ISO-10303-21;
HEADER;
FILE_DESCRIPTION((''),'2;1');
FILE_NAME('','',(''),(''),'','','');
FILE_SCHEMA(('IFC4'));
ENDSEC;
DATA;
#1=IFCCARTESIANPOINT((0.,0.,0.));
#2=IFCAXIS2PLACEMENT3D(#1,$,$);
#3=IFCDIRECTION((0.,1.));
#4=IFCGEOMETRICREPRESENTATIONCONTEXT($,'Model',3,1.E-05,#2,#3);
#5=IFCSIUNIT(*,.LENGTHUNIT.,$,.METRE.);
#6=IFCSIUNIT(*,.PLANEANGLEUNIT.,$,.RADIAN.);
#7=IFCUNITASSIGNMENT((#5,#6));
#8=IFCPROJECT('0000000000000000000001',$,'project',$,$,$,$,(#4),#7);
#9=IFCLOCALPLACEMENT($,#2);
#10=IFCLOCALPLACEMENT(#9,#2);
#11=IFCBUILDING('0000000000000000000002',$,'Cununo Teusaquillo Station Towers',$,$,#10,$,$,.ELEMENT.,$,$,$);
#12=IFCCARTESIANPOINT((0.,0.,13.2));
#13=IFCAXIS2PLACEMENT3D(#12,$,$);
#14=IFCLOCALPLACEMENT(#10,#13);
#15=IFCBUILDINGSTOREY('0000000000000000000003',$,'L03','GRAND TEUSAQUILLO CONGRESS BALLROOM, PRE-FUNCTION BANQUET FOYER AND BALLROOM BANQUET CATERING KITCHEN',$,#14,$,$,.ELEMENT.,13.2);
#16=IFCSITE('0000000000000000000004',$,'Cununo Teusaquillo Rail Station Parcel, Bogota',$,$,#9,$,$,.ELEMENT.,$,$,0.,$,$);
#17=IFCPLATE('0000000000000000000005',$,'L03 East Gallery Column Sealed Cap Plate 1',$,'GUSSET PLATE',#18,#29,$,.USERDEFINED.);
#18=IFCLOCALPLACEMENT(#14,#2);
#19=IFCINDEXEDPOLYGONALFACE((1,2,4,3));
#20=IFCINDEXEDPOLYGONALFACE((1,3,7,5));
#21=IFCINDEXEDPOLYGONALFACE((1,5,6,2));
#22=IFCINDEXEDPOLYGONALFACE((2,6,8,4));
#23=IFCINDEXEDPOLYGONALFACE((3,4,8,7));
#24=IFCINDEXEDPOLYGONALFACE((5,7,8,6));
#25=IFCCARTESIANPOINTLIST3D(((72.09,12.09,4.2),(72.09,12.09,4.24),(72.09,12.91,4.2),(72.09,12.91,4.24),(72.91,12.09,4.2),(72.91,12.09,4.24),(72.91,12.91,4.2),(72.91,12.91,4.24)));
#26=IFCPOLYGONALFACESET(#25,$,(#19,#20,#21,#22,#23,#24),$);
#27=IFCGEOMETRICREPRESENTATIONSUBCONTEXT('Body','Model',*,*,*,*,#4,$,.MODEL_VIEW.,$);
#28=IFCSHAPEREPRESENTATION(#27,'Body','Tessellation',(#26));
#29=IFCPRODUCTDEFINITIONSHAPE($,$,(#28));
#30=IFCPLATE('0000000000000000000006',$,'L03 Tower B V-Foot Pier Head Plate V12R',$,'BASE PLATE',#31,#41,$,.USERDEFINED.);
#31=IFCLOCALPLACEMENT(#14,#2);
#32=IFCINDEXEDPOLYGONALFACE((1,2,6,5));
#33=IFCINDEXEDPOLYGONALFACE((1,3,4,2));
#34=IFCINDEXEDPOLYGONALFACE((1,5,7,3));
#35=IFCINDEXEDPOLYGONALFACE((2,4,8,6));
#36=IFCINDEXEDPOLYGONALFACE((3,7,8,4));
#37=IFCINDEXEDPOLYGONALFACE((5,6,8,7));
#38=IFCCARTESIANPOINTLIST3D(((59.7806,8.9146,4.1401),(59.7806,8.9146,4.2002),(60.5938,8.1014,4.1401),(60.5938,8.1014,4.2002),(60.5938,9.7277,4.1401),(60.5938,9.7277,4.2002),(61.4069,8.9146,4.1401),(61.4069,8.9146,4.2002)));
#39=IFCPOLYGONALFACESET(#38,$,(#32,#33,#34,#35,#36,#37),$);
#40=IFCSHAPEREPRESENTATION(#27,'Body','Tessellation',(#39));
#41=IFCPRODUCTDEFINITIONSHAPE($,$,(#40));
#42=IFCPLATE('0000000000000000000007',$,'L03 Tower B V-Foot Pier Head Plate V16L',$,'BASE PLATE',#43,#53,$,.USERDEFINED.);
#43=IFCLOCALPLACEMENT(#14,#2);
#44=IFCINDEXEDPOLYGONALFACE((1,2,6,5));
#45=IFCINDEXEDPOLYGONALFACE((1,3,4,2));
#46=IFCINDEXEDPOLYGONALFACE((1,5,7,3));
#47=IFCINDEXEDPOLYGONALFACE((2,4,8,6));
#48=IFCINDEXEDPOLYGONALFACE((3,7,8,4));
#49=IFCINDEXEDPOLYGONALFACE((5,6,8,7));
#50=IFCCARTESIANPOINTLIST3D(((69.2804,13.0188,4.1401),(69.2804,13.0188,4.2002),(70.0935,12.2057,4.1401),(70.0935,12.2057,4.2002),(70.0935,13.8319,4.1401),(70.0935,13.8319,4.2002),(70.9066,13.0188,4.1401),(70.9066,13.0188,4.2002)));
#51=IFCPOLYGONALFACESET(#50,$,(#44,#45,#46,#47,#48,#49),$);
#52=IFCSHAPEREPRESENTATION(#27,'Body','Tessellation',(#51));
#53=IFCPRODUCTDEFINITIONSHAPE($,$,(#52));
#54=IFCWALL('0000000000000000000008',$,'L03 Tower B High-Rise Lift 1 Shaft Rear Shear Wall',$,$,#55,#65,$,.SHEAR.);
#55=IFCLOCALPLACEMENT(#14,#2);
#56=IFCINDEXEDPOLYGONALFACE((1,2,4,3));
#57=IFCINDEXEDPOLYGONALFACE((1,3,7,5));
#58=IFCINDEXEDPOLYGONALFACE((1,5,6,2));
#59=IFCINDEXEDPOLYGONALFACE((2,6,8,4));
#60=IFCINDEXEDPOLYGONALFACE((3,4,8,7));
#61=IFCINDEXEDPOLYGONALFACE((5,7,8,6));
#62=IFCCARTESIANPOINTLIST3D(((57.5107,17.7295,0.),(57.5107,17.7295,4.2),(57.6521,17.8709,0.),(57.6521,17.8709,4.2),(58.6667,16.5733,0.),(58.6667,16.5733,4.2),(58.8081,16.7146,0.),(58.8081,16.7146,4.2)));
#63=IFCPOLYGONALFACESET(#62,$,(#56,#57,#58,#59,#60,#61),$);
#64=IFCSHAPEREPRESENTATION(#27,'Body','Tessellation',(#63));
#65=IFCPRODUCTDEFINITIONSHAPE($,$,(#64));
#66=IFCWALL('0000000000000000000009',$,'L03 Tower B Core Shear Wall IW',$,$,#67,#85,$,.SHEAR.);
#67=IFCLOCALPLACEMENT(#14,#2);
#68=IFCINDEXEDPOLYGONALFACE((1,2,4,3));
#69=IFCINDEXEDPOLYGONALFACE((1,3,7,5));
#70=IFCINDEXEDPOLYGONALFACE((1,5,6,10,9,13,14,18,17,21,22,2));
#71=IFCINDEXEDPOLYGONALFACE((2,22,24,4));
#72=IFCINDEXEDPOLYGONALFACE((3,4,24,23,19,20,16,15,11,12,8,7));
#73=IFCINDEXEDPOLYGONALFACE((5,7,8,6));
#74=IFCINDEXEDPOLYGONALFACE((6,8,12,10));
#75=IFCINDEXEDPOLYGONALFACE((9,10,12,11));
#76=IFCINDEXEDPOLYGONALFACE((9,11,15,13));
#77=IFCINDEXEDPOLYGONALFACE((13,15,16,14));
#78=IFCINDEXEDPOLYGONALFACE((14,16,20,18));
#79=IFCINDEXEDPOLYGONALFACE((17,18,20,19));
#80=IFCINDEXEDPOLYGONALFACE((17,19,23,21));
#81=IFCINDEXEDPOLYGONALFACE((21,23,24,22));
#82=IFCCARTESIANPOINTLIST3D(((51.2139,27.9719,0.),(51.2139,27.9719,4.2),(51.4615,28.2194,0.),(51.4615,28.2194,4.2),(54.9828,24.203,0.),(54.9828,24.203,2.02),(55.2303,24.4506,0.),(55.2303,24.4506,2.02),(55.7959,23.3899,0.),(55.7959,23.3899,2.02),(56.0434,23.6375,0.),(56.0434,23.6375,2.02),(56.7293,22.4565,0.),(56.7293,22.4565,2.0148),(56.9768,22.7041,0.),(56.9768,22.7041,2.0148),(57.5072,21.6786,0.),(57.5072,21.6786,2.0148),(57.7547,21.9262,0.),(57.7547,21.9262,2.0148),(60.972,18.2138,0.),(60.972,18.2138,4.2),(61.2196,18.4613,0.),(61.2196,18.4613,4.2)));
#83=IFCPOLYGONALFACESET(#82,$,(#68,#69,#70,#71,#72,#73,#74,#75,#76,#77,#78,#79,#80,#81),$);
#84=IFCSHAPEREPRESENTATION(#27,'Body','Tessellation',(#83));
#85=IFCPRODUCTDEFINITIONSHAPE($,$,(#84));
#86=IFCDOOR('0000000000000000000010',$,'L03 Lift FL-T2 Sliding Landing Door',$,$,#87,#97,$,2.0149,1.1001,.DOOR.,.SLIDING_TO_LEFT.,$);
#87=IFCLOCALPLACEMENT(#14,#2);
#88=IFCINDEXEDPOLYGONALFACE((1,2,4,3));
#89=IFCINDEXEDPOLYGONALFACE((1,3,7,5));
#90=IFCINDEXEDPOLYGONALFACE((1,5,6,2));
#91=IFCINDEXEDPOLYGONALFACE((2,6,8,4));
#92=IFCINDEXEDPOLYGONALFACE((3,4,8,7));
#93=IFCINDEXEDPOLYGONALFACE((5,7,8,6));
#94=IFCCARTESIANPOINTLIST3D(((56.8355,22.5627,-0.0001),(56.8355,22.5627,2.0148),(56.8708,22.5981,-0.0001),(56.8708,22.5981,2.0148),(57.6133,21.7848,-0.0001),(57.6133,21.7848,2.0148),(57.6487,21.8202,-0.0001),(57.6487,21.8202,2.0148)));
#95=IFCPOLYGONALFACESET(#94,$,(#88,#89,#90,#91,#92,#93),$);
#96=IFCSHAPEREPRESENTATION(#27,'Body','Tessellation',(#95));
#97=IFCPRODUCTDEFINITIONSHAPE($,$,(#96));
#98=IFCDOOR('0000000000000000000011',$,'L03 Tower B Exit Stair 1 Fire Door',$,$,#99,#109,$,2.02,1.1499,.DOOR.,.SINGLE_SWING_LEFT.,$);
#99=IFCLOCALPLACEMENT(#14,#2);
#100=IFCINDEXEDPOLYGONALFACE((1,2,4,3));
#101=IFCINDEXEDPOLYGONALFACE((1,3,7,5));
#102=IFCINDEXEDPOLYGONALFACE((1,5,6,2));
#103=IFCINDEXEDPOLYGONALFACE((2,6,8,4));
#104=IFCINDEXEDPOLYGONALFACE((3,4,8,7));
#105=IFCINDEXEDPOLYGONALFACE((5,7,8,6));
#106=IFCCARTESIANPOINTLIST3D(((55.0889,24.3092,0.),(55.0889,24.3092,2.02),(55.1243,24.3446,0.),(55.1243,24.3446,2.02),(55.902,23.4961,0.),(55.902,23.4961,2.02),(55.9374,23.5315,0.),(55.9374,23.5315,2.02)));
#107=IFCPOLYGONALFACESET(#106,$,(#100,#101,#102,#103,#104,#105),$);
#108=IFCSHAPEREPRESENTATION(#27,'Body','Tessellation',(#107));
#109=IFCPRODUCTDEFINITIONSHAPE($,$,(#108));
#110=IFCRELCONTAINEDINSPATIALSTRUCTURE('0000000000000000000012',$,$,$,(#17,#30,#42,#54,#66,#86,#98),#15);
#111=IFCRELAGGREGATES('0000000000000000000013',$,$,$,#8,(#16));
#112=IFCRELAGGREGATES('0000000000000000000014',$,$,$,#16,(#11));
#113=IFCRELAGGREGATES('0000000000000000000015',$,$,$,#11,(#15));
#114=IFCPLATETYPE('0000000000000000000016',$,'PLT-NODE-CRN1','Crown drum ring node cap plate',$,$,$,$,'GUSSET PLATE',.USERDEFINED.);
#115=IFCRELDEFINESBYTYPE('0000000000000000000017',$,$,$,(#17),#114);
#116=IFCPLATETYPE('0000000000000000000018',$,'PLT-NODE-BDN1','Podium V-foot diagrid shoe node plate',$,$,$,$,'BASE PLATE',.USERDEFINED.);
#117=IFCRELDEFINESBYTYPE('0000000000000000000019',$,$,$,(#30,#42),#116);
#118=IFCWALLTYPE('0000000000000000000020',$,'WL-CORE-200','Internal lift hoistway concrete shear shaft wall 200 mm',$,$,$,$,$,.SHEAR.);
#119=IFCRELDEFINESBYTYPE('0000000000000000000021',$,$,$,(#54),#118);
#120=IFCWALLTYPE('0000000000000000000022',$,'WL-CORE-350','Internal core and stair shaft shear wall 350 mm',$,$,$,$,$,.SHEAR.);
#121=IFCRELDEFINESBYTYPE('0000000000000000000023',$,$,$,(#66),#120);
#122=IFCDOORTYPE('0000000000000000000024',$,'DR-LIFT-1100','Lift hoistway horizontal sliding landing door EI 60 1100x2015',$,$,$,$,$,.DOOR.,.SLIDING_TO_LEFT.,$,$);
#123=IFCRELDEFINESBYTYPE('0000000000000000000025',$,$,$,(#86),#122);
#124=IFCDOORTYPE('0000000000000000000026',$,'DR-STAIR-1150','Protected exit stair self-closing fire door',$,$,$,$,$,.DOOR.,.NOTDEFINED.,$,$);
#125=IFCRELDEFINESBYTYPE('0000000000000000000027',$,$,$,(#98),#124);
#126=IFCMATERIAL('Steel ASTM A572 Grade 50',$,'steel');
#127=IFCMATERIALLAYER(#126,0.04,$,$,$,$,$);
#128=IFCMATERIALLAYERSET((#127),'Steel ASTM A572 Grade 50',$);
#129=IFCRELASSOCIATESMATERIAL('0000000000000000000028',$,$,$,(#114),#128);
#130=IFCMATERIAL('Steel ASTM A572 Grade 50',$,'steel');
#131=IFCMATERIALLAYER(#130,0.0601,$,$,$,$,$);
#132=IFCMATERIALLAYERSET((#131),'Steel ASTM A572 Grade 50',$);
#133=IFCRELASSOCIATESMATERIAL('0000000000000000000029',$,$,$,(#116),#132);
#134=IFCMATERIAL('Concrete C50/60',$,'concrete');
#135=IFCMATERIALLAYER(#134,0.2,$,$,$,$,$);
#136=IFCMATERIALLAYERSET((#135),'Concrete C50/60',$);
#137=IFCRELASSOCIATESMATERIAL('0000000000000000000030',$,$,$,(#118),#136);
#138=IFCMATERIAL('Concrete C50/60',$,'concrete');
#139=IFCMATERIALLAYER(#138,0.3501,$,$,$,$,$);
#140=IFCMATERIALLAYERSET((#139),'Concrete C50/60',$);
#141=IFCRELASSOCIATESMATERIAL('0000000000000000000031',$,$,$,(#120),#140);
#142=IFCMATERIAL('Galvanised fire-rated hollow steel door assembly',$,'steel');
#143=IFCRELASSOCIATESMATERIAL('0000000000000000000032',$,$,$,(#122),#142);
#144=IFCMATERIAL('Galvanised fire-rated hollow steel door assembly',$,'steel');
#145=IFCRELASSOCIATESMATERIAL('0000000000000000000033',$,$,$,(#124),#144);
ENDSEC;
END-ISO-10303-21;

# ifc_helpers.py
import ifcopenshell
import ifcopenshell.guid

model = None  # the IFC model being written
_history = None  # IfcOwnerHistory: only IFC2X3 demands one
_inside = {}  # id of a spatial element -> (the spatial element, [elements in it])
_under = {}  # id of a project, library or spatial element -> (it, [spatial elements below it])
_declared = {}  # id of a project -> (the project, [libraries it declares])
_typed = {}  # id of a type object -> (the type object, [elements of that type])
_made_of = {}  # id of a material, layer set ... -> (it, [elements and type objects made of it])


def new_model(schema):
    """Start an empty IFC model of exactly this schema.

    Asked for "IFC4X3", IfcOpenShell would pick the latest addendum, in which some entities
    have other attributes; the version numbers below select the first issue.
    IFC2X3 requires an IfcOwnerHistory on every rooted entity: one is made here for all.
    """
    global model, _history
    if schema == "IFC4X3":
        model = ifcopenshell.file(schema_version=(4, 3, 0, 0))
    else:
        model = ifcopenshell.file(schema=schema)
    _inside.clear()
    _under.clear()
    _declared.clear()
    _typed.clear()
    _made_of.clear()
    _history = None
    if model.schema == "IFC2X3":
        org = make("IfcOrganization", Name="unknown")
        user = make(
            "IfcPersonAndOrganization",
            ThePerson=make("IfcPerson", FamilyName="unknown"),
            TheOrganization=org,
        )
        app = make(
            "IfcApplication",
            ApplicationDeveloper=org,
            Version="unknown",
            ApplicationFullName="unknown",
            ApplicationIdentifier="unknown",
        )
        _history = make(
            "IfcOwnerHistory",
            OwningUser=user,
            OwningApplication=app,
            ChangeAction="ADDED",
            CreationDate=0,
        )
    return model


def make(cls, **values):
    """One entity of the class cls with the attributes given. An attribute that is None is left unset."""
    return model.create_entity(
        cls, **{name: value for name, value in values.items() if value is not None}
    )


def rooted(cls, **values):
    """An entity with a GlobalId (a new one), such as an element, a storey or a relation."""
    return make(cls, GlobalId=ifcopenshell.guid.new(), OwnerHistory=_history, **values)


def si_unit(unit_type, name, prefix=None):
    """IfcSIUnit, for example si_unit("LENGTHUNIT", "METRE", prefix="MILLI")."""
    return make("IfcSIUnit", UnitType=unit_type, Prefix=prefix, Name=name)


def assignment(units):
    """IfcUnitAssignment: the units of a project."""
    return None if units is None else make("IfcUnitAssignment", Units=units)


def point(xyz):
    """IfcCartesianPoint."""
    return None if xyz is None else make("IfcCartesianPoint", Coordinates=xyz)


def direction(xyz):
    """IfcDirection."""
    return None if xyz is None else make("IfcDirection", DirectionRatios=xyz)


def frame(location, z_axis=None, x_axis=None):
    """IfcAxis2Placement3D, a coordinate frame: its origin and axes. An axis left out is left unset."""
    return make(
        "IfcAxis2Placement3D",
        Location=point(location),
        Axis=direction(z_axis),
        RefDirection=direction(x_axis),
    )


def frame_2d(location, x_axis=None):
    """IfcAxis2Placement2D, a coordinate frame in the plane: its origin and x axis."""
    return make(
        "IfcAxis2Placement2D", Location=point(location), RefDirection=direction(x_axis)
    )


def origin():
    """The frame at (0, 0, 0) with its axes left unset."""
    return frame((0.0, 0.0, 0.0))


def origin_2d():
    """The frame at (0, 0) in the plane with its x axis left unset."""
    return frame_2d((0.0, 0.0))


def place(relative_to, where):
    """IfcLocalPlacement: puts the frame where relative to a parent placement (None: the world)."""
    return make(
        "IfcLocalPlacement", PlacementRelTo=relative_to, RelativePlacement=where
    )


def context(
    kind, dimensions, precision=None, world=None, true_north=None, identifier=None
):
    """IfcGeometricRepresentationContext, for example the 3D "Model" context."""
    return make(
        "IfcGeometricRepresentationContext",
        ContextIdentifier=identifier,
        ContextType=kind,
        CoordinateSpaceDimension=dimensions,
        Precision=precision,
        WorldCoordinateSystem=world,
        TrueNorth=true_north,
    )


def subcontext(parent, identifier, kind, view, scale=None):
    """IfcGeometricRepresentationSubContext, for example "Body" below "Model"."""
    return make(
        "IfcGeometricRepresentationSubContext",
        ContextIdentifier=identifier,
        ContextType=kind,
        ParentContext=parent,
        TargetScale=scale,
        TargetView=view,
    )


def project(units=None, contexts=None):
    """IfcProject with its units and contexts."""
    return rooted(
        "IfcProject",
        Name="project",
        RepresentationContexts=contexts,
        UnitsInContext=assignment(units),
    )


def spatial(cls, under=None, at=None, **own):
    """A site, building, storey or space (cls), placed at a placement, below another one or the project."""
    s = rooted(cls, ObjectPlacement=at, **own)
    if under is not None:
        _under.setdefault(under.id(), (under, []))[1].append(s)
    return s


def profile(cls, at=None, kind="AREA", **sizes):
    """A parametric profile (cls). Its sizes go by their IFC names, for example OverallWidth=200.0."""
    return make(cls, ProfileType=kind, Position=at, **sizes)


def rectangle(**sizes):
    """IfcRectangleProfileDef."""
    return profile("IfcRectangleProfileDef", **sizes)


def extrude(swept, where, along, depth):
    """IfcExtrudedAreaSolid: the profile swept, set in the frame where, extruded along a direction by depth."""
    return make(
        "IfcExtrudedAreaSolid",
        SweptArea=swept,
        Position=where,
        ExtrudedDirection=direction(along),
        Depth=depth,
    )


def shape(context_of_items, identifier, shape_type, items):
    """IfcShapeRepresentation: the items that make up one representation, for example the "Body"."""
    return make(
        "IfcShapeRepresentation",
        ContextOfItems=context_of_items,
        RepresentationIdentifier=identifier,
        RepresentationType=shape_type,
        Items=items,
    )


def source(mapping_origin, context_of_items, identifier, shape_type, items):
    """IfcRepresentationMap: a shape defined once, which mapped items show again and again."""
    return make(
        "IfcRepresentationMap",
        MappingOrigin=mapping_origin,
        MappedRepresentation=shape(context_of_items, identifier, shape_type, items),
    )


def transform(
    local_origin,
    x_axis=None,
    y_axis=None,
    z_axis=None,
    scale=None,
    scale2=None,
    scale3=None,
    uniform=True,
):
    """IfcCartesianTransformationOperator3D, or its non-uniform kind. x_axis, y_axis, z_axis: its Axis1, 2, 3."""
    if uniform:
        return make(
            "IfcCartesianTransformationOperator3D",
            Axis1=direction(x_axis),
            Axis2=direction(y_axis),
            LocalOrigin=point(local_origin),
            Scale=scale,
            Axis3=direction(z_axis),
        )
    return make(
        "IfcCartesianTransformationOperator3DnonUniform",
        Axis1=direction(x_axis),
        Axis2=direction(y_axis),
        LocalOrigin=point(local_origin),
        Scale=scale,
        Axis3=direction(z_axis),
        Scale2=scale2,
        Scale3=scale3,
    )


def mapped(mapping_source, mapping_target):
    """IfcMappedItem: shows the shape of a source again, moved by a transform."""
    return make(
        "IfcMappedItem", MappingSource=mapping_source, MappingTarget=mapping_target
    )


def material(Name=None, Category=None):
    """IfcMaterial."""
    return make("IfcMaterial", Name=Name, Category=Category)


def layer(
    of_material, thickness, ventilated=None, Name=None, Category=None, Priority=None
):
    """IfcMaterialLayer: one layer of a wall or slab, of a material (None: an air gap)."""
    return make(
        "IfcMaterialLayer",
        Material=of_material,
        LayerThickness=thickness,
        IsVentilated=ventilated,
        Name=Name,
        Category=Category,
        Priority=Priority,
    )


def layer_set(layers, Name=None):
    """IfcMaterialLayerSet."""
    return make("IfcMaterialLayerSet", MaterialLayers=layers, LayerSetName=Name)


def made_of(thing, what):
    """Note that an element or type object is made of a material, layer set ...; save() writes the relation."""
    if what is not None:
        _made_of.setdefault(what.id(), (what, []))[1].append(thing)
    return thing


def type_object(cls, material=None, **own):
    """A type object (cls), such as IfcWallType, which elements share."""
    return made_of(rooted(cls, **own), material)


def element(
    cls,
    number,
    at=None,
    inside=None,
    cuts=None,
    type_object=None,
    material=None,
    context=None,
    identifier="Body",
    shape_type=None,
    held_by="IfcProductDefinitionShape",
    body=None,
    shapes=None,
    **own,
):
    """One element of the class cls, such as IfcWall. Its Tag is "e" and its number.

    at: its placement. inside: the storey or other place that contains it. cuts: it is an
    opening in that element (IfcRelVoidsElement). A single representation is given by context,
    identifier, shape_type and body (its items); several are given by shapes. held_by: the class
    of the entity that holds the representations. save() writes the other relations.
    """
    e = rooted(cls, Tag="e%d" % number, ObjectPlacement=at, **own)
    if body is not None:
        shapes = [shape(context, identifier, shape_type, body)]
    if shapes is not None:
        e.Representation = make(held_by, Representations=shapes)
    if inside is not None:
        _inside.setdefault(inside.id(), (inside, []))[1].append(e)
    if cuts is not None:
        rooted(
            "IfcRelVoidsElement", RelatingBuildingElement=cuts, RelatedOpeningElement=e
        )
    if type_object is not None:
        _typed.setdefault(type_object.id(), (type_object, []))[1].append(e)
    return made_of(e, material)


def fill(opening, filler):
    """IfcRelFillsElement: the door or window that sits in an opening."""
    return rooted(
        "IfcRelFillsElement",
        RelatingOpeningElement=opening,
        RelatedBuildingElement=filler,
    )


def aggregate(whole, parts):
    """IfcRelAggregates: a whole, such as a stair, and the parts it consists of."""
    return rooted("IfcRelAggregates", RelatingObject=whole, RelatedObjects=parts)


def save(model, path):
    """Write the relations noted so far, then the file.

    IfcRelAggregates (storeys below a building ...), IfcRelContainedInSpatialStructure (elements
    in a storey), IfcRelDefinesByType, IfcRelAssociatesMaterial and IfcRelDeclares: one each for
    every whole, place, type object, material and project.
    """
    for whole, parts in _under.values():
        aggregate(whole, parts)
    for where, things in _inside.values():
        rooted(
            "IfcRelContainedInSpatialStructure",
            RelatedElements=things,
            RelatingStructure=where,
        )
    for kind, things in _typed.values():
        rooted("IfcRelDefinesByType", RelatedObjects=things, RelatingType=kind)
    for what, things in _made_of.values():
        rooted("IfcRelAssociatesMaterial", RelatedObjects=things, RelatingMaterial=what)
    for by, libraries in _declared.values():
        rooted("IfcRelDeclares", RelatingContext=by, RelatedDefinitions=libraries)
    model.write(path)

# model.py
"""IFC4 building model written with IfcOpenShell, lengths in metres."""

from ifc_helpers import new_model, si_unit, direction, frame, frame_2d, origin, origin_2d, place, context, subcontext, project, spatial, rectangle, extrude, source, transform, mapped, material, layer, layer_set, type_object, element, fill, save


model = new_model("IFC4")

# Units and contexts
model_context = context("Model", 3, precision=1e-05, world=origin(), true_north=direction((0.0, 1.0)))
body_context = subcontext(model_context, "Body", "Model", "MODEL_VIEW")
ifc_project = project(units=[si_unit("LENGTHUNIT", "METRE"), si_unit("PLANEANGLEUNIT", "RADIAN")], contexts=[model_context])

# Site, building, storey
site_placement = place(None, origin())
site = spatial("IfcSite", under=ifc_project, at=site_placement, Name="Cununo Teusaquillo Rail Station Parcel, Bogota", CompositionType="ELEMENT", RefElevation=0.0)
building_placement = place(site_placement, origin())
building = spatial("IfcBuilding", under=site, at=building_placement, Name="Cununo Teusaquillo Station Towers", CompositionType="ELEMENT")
storey_placement = place(building_placement, frame((0.0, 0.0, 13.2)))
storey = spatial("IfcBuildingStorey", under=building, at=storey_placement, Name="L03", Description="GRAND TEUSAQUILLO CONGRESS BALLROOM, PRE-FUNCTION BANQUET FOYER AND BALLROOM BANQUET CATERING KITCHEN", CompositionType="ELEMENT", Elevation=13.2)

# Plates
ifc_material_1 = material(Name="Steel ASTM A572 Grade 50", Category="steel")
ifc_layer_1 = layer(ifc_material_1, 0.04)
ifc_layer_set_1 = layer_set([ifc_layer_1], Name="Steel ASTM A572 Grade 50")
plate_type_1 = type_object("IfcPlateType", Name="PLT-NODE-CRN1", Description="Crown drum ring node cap plate", ElementType="GUSSET PLATE", PredefinedType="USERDEFINED", material=ifc_layer_set_1)
shared_shape_1 = source(origin(), body_context, "Body", "SweptSolid", [
    extrude(rectangle(XDim=0.8201, YDim=0.8201, at=origin_2d()), origin(), (0.0, 0.0, 1.0), 0.04),
])
plate_placement = place(storey_placement, frame((72.5, 12.5, 4.2), z_axis=(0.0, 0.0, 1.0), x_axis=(1.0, 0.0, 0.0)))
element("IfcPlate", 1, at=plate_placement, inside=storey, type_object=plate_type_1, Name="L03 East Gallery Column Sealed Cap Plate 1", ObjectType="GUSSET PLATE", PredefinedType="USERDEFINED", context=body_context, shape_type="MappedRepresentation", body=[
    mapped(shared_shape_1, transform((0.0, 0.0, 0.0), x_axis=(1.0, 0.0, 0.0), y_axis=(0.0, 1.0, 0.0), z_axis=(0.0, 0.0, 1.0), scale=1.0)),
])
ifc_material_2 = material(Name="Steel ASTM A572 Grade 50", Category="steel")
ifc_layer_2 = layer(ifc_material_2, 0.0601)
ifc_layer_set_2 = layer_set([ifc_layer_2], Name="Steel ASTM A572 Grade 50")
plate_type_2 = type_object("IfcPlateType", Name="PLT-NODE-BDN1", Description="Podium V-foot diagrid shoe node plate", ElementType="BASE PLATE", PredefinedType="USERDEFINED", material=ifc_layer_set_2)
shared_shape_2 = source(origin(), body_context, "Body", "SweptSolid", [
    extrude(rectangle(XDim=1.1499, YDim=1.1499, at=origin_2d()), origin(), (0.0, 0.0, 1.0), 0.0601),
])
for number, where, z_axis, x_axis, name in (
    (2, (60.5938, 8.9146, 4.1401), (0.0, 0.0, 1.0), (0.707107, 0.707107, 0.0), "L03 Tower B V-Foot Pier Head Plate V12R"),
    (3, (70.0935, 13.0188, 4.1401), (0.0, 0.0, 1.0), (0.707107, 0.707107, 0.0), "L03 Tower B V-Foot Pier Head Plate V16L"),
):
    element("IfcPlate", number, at=place(storey_placement, frame(where, z_axis=z_axis, x_axis=x_axis)), inside=storey, type_object=plate_type_2, Name=name, ObjectType="BASE PLATE", PredefinedType="USERDEFINED", context=body_context, shape_type="MappedRepresentation", body=[
        mapped(shared_shape_2, transform((0.0, 0.0, 0.0), x_axis=(1.0, 0.0, 0.0), y_axis=(0.0, 1.0, 0.0), z_axis=(0.0, 0.0, 1.0), scale=1.0)),
    ])

# Wall
ifc_material_3 = material(Name="Concrete C50/60", Category="concrete")
ifc_layer_3 = layer(ifc_material_3, 0.2)
ifc_layer_set_3 = layer_set([ifc_layer_3], Name="Concrete C50/60")
wall_type_1 = type_object("IfcWallType", Name="WL-CORE-200", Description="Internal lift hoistway concrete shear shaft wall 200 mm", PredefinedType="SHEAR", material=ifc_layer_set_3)
wall_1_placement = place(storey_placement, frame((58.7373, 16.644, 0.0), z_axis=(0.0, 0.0, 1.0), x_axis=(-0.707032, 0.707181, 0.0)))
element("IfcWall", 4, at=wall_1_placement, inside=storey, type_object=wall_type_1, Name="L03 Tower B High-Rise Lift 1 Shaft Rear Shear Wall", PredefinedType="SHEAR", context=body_context, shape_type="SweptSolid", body=[
    extrude(rectangle(XDim=1.635, YDim=0.2, at=frame_2d((0.8174, 0.0))), origin(), (0.0, 0.0, 1.0), 4.2),
])

# Wall, openings, doors
ifc_material_4 = material(Name="Concrete C50/60", Category="concrete")
ifc_layer_4 = layer(ifc_material_4, 0.3501)
ifc_layer_set_4 = layer_set([ifc_layer_4], Name="Concrete C50/60")
wall_type_2 = type_object("IfcWallType", Name="WL-CORE-350", Description="Internal core and stair shaft shear wall 350 mm", PredefinedType="SHEAR", material=ifc_layer_set_4)
wall_2_placement = place(storey_placement, frame((61.0957, 18.3376, 0.0), z_axis=(0.0, 0.0, 1.0), x_axis=(-0.707107, 0.707107, 0.0)))
wall_2 = element("IfcWall", 5, at=wall_2_placement, inside=storey, type_object=wall_type_2, Name="L03 Tower B Core Shear Wall IW", PredefinedType="SHEAR", context=body_context, shape_type="SweptSolid", body=[
    extrude(rectangle(XDim=13.8, YDim=0.3501, at=frame_2d((6.8999, 0.0))), origin(), (0.0, 0.0, 1.0), 4.2),
])
shared_shape_3 = source(origin(), body_context, "Body", "SweptSolid", [
    extrude(rectangle(XDim=1.1001, YDim=2.0149, at=frame_2d((0.55, 1.0073))), frame((0.0, 0.1851, 0.0), z_axis=(0.0, -1.0, 0.0), x_axis=(1.0, 0.0, 0.0)), (0.0, 0.0, 1.0), 0.3701),
])
opening_1_placement = place(wall_2_placement, frame((4.8999, 0.0, 0.0)))
opening_1 = element("IfcOpeningElement", 6, at=opening_1_placement, cuts=wall_2, PredefinedType="OPENING", context=body_context, shape_type="MappedRepresentation", body=[
    mapped(shared_shape_3, transform((0.0, 0.0, 0.0), x_axis=(1.0, 0.0, 0.0), y_axis=(0.0, 1.0, 0.0), z_axis=(0.0, 0.0, 1.0), scale=1.0)),
])
shared_shape_4 = source(origin(), body_context, "Body", "SweptSolid", [
    extrude(rectangle(XDim=1.1499, YDim=2.02, at=frame_2d((0.575, 1.01))), frame((0.0, 0.1851, 0.0), z_axis=(0.0, -1.0, 0.0), x_axis=(1.0, 0.0, 0.0)), (0.0, 0.0, 1.0), 0.3701),
])
opening_2_placement = place(wall_2_placement, frame((7.3201, 0.0, 0.0)))
opening_2 = element("IfcOpeningElement", 7, at=opening_2_placement, cuts=wall_2, PredefinedType="OPENING", context=body_context, shape_type="MappedRepresentation", body=[
    mapped(shared_shape_4, transform((0.0, 0.0, 0.0), x_axis=(1.0, 0.0, 0.0), y_axis=(0.0, 1.0, 0.0), z_axis=(0.0, 0.0, 1.0), scale=1.0)),
])
ifc_material_5 = material(Name="Galvanised fire-rated hollow steel door assembly", Category="steel")
door_type_1 = type_object("IfcDoorType", Name="DR-LIFT-1100", Description="Lift hoistway horizontal sliding landing door EI 60 1100x2015", OperationType="SLIDING_TO_LEFT", PredefinedType="DOOR", material=ifc_material_5)
shared_shape_5 = source(origin(), body_context, "Body", "SweptSolid", [
    extrude(rectangle(XDim=1.1001, YDim=2.0149, at=frame_2d((0.55, 1.0073))), frame((0.0, 0.0249, 0.0), z_axis=(0.0, -1.0, 0.0), x_axis=(1.0, 0.0, 0.0)), (0.0, 0.0, 1.0), 0.05),
])
door_1_placement = place(opening_1_placement, origin())
door_1 = element("IfcDoor", 8, at=door_1_placement, inside=storey, type_object=door_type_1, Name="L03 Lift FL-T2 Sliding Landing Door", OperationType="SLIDING_TO_LEFT", OverallHeight=2.0149, OverallWidth=1.1001, PredefinedType="DOOR", context=body_context, shape_type="MappedRepresentation", body=[
    mapped(shared_shape_5, transform((0.0, 0.0, 0.0), x_axis=(1.0, 0.0, 0.0), y_axis=(0.0, 1.0, 0.0), z_axis=(0.0, 0.0, 1.0), scale=1.0)),
])
fill(opening_1, door_1)
ifc_material_6 = material(Name="Galvanised fire-rated hollow steel door assembly", Category="steel")
door_type_2 = type_object("IfcDoorType", Name="DR-STAIR-1150", Description="Protected exit stair self-closing fire door", OperationType="NOTDEFINED", PredefinedType="DOOR", material=ifc_material_6)
shared_shape_6 = source(origin(), body_context, "Body", "SweptSolid", [
    extrude(rectangle(XDim=1.1499, YDim=2.02, at=frame_2d((0.575, 1.01))), frame((0.0, 0.0249, 0.0), z_axis=(0.0, -1.0, 0.0), x_axis=(1.0, 0.0, 0.0)), (0.0, 0.0, 1.0), 0.05),
])
door_2_placement = place(opening_2_placement, origin())
door_2 = element("IfcDoor", 9, at=door_2_placement, inside=storey, type_object=door_type_2, Name="L03 Tower B Exit Stair 1 Fire Door", OperationType="SINGLE_SWING_LEFT", OverallHeight=2.02, OverallWidth=1.1499, PredefinedType="DOOR", context=body_context, shape_type="MappedRepresentation", body=[
    mapped(shared_shape_6, transform((0.0, 0.0, 0.0), x_axis=(1.0, 0.0, 0.0), y_axis=(0.0, 1.0, 0.0), z_axis=(0.0, 0.0, 1.0), scale=1.0)),
])
fill(opening_2, door_2)

save(model, "model.ifc")
